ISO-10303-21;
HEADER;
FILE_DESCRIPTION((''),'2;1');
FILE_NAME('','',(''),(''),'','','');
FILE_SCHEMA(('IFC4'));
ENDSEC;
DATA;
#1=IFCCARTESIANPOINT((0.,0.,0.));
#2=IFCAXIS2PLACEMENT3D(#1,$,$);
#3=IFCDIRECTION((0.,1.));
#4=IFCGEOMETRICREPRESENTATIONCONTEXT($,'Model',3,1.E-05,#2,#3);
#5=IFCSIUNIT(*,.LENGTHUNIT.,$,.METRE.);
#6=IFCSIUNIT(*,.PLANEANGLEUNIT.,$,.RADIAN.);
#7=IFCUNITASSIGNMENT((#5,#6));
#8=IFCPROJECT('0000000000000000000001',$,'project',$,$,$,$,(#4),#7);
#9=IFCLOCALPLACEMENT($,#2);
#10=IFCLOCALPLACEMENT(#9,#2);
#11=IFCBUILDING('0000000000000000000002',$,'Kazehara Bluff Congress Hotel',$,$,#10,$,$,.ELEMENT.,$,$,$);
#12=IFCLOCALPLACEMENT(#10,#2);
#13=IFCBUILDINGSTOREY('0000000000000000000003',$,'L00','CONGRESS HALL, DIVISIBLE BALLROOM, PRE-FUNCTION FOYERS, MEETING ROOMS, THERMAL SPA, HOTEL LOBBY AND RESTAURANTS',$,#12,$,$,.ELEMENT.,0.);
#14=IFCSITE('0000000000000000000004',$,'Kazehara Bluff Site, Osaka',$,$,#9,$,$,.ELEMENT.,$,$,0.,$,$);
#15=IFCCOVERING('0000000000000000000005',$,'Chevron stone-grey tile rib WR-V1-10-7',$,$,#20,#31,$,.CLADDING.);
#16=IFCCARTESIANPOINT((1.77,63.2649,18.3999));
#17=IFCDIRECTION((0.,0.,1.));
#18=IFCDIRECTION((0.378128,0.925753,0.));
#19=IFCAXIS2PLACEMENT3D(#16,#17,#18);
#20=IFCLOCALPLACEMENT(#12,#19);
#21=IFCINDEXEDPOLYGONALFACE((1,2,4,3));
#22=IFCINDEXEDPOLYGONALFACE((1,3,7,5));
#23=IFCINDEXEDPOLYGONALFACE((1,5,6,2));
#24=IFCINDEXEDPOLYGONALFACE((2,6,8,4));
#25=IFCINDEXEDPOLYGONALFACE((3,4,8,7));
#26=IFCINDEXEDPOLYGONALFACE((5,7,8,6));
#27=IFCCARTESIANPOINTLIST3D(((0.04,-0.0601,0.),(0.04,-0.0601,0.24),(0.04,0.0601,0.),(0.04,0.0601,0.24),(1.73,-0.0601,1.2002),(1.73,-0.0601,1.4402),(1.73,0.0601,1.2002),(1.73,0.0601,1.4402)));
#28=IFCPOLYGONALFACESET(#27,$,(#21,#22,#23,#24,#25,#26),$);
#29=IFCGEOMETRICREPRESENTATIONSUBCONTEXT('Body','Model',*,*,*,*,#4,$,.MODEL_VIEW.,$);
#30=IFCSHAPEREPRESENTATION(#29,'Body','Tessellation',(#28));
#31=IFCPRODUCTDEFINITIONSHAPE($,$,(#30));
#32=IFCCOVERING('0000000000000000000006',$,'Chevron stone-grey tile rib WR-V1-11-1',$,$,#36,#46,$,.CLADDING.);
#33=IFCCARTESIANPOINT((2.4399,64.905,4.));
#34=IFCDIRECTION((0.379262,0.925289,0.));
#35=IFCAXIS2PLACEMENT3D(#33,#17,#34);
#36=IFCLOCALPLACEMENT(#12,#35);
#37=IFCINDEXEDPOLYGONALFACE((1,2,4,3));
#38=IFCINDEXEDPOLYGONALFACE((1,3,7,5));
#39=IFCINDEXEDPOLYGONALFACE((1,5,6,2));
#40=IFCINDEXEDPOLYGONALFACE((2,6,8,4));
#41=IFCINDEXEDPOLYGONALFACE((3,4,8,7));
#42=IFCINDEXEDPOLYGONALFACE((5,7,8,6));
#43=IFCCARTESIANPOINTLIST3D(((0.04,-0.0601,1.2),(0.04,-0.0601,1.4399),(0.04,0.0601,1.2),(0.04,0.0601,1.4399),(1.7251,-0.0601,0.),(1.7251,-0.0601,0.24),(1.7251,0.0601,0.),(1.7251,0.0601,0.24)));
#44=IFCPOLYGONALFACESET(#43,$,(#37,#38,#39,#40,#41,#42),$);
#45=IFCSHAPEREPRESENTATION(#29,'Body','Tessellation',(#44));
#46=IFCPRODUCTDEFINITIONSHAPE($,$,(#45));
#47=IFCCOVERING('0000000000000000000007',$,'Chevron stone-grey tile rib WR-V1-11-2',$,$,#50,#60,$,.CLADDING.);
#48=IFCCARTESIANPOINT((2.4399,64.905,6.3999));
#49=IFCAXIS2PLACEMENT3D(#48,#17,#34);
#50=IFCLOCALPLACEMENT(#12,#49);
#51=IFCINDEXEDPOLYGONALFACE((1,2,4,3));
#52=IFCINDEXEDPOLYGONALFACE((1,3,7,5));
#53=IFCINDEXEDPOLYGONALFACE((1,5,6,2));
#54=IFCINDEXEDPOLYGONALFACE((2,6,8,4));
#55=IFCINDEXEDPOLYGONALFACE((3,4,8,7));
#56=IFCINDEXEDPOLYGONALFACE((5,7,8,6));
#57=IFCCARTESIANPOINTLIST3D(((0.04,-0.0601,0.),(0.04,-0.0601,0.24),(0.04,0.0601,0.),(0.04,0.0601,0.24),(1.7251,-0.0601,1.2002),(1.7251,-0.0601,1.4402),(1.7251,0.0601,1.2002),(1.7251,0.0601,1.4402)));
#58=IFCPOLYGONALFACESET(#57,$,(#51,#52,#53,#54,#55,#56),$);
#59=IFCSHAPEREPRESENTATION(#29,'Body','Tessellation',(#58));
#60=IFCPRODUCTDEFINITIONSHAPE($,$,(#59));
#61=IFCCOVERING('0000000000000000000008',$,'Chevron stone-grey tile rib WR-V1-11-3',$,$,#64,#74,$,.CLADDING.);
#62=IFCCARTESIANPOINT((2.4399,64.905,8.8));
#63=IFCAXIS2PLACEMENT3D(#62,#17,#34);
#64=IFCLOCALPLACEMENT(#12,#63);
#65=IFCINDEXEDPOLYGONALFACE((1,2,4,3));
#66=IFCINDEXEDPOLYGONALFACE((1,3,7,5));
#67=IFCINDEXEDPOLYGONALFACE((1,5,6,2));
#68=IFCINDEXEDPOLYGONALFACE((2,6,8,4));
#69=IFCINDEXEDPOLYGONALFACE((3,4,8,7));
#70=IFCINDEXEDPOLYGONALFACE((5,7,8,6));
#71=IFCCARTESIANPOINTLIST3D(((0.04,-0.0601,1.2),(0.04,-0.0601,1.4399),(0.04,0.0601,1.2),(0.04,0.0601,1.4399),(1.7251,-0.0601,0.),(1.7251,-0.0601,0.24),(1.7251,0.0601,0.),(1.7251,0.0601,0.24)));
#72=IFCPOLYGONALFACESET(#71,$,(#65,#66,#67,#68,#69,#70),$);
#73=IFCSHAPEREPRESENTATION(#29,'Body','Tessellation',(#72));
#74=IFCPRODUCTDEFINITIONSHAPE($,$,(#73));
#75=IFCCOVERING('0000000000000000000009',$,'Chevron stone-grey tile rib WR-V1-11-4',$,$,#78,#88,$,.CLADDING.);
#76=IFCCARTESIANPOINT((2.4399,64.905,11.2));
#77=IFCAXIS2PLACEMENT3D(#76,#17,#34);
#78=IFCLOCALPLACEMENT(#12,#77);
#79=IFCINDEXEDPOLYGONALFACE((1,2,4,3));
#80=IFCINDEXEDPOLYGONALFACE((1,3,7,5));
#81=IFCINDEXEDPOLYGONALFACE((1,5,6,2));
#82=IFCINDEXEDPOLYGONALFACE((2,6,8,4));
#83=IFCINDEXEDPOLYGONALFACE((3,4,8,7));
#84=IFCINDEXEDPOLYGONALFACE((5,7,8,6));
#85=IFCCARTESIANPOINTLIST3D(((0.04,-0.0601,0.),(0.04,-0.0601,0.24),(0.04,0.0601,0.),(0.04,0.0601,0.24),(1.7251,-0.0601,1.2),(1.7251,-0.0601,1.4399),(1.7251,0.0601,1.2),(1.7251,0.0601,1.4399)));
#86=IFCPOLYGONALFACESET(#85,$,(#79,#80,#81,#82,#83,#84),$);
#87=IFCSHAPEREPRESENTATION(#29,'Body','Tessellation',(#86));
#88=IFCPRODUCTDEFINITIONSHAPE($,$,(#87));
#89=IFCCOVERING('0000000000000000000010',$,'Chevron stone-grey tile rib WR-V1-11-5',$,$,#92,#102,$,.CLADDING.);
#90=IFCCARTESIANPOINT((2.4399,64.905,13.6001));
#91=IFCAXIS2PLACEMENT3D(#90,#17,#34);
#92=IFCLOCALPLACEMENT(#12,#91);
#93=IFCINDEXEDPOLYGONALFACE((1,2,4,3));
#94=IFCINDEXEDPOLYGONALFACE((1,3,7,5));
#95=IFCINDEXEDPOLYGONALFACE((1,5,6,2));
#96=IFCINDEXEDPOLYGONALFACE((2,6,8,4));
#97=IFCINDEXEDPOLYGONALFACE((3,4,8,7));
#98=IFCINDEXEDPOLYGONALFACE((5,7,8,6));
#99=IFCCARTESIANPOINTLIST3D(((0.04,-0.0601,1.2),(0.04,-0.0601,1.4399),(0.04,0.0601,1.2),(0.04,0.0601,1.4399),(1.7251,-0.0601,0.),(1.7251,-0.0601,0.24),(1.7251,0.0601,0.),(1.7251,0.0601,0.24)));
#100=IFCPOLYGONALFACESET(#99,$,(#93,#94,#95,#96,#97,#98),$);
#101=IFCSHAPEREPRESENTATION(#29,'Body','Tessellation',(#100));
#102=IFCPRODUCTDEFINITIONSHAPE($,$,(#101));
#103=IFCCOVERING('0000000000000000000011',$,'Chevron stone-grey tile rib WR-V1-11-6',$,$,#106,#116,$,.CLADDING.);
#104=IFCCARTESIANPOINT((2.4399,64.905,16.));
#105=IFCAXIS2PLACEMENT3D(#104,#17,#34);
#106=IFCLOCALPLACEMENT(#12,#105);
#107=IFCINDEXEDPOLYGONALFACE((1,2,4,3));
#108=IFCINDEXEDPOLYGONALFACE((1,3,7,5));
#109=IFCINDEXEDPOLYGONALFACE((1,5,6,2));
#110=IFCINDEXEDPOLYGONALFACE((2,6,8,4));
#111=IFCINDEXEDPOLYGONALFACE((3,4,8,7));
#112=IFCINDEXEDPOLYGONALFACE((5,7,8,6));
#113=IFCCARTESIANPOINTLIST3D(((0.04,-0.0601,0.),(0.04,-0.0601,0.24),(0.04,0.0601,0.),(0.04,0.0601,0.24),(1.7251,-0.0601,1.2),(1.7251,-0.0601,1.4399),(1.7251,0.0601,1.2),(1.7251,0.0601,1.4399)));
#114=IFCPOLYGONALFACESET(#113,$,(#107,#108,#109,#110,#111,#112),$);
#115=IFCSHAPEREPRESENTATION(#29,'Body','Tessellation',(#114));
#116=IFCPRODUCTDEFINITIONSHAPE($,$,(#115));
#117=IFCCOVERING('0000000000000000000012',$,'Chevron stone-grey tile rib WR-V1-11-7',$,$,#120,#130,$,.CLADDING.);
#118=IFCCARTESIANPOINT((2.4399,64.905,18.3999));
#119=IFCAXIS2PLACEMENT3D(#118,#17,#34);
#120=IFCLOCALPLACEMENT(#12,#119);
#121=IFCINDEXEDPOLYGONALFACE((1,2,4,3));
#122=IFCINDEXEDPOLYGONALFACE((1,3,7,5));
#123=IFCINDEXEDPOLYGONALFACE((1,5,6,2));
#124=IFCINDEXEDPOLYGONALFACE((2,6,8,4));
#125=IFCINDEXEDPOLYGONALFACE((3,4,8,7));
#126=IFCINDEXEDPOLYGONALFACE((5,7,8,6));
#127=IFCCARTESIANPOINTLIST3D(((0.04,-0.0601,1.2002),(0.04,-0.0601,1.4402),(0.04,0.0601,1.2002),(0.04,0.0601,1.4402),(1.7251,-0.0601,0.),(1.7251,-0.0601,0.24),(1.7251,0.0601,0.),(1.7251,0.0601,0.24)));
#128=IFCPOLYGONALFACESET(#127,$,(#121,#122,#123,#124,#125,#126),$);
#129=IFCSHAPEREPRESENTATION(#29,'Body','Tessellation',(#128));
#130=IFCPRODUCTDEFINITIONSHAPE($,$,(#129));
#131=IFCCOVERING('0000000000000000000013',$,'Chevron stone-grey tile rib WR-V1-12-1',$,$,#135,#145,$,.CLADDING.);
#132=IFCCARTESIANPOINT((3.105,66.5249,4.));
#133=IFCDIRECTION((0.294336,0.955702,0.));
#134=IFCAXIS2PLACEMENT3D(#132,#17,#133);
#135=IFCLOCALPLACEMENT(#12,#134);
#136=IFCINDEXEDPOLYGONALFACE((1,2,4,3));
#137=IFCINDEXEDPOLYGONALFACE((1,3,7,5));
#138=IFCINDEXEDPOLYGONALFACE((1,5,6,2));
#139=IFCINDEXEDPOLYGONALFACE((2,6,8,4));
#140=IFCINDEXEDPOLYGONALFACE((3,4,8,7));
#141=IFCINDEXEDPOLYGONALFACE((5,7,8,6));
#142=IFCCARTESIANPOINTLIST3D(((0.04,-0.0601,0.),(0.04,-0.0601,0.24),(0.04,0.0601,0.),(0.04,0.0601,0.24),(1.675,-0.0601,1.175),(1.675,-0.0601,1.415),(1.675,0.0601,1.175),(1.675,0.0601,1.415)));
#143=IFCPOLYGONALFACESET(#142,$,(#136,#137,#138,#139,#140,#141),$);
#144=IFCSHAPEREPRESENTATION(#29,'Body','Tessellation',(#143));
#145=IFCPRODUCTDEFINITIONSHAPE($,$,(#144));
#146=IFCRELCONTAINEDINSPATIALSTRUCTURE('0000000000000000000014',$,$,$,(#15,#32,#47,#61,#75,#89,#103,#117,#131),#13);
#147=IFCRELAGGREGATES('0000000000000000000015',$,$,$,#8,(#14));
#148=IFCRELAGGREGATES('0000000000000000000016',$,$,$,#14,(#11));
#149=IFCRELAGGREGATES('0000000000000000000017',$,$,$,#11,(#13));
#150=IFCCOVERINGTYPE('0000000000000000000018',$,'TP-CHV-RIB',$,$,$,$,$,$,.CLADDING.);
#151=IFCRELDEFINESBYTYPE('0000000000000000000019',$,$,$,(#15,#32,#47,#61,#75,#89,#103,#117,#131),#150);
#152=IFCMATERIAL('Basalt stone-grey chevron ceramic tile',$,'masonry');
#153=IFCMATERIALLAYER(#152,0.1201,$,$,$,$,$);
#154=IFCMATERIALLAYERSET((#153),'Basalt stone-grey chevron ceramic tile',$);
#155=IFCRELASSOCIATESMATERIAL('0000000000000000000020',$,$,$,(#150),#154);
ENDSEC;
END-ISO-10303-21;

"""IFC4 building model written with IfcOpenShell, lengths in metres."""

from ifc_helpers import new_model, si_unit, direction, frame, origin, place, context, subcontext, project, spatial, polyline, outline, extrude, material, layer, layer_set, type_object, element, save


model = new_model("IFC4")

# Units and contexts
model_context = context("Model", 3, precision=1e-05, world=origin(), true_north=direction((0.0, 1.0)))
body_context = subcontext(model_context, "Body", "Model", "MODEL_VIEW")
ifc_project = project(units=[si_unit("LENGTHUNIT", "METRE"), si_unit("PLANEANGLEUNIT", "RADIAN")], contexts=[model_context])

# Site, building, storey
site_placement = place(None, origin())
site = spatial("IfcSite", under=ifc_project, at=site_placement, Name="Kazehara Bluff Site, Osaka", CompositionType="ELEMENT", RefElevation=0.0)
building_placement = place(site_placement, origin())
building = spatial("IfcBuilding", under=site, at=building_placement, Name="Kazehara Bluff Congress Hotel", CompositionType="ELEMENT")
storey_placement = place(building_placement, origin())
storey = spatial("IfcBuildingStorey", under=building, at=storey_placement, Name="L00", Description="CONGRESS HALL, DIVISIBLE BALLROOM, PRE-FUNCTION FOYERS, MEETING ROOMS, THERMAL SPA, HOTEL LOBBY AND RESTAURANTS", CompositionType="ELEMENT", Elevation=0.0)

# Coverings
ifc_material_1 = material(Name="Basalt stone-grey chevron ceramic tile", Category="masonry")
ifc_layer_1 = layer(ifc_material_1, 0.1201)
ifc_layer_set_1 = layer_set([ifc_layer_1], Name="Basalt stone-grey chevron ceramic tile")
covering_type_1 = type_object("IfcCoveringType", Name="TP-CHV-RIB", PredefinedType="CLADDING", material=ifc_layer_set_1)
covering_1_placement = place(storey_placement, frame((1.77, 63.2649, 18.3999), z_axis=(0.0, 0.0, 1.0), x_axis=(0.378128, 0.925753, 0.0)))
element("IfcCovering", 1, at=covering_1_placement, inside=storey, type_object=covering_type_1, Name="Chevron stone-grey tile rib WR-V1-10-7", PredefinedType="CLADDING", context=body_context, shape_type="SweptSolid", body=[
    extrude(outline(polyline([(0.04, 0.0), (1.73, 1.2002), (1.73, 1.4402), (0.04, 0.24), (0.04, 0.0)])), frame((0.0, 0.0601, 0.0), z_axis=(0.0, -1.0, 0.0), x_axis=(1.0, 0.0, 0.0)), (0.0, 0.0, 1.0), 0.1201),
])
covering_2_placement = place(storey_placement, frame((2.4399, 64.905, 4.0), z_axis=(0.0, 0.0, 1.0), x_axis=(0.379262, 0.925289, 0.0)))
element("IfcCovering", 2, at=covering_2_placement, inside=storey, type_object=covering_type_1, Name="Chevron stone-grey tile rib WR-V1-11-1", PredefinedType="CLADDING", context=body_context, shape_type="SweptSolid", body=[
    extrude(outline(polyline([(0.04, 1.2), (1.7251, 0.0), (1.7251, 0.24), (0.04, 1.4399), (0.04, 1.2)])), frame((0.0, 0.0601, 0.0), z_axis=(0.0, -1.0, 0.0), x_axis=(1.0, 0.0, 0.0)), (0.0, 0.0, 1.0), 0.1201),
])
covering_3_placement = place(storey_placement, frame((2.4399, 64.905, 6.3999), z_axis=(0.0, 0.0, 1.0), x_axis=(0.379262, 0.925289, 0.0)))
element("IfcCovering", 3, at=covering_3_placement, inside=storey, type_object=covering_type_1, Name="Chevron stone-grey tile rib WR-V1-11-2", PredefinedType="CLADDING", context=body_context, shape_type="SweptSolid", body=[
    extrude(outline(polyline([(0.04, 0.0), (1.7251, 1.2002), (1.7251, 1.4402), (0.04, 0.24), (0.04, 0.0)])), frame((0.0, 0.0601, 0.0), z_axis=(0.0, -1.0, 0.0), x_axis=(1.0, 0.0, 0.0)), (0.0, 0.0, 1.0), 0.1201),
])
covering_4_placement = place(storey_placement, frame((2.4399, 64.905, 8.8), z_axis=(0.0, 0.0, 1.0), x_axis=(0.379262, 0.925289, 0.0)))
element("IfcCovering", 4, at=covering_4_placement, inside=storey, type_object=covering_type_1, Name="Chevron stone-grey tile rib WR-V1-11-3", PredefinedType="CLADDING", context=body_context, shape_type="SweptSolid", body=[
    extrude(outline(polyline([(0.04, 1.2), (1.7251, 0.0), (1.7251, 0.24), (0.04, 1.4399), (0.04, 1.2)])), frame((0.0, 0.0601, 0.0), z_axis=(0.0, -1.0, 0.0), x_axis=(1.0, 0.0, 0.0)), (0.0, 0.0, 1.0), 0.1201),
])
covering_5_placement = place(storey_placement, frame((2.4399, 64.905, 11.2), z_axis=(0.0, 0.0, 1.0), x_axis=(0.379262, 0.925289, 0.0)))
element("IfcCovering", 5, at=covering_5_placement, inside=storey, type_object=covering_type_1, Name="Chevron stone-grey tile rib WR-V1-11-4", PredefinedType="CLADDING", context=body_context, shape_type="SweptSolid", body=[
    extrude(outline(polyline([(0.04, 0.0), (1.7251, 1.2), (1.7251, 1.4399), (0.04, 0.24), (0.04, 0.0)])), frame((0.0, 0.0601, 0.0), z_axis=(0.0, -1.0, 0.0), x_axis=(1.0, 0.0, 0.0)), (0.0, 0.0, 1.0), 0.1201),
])
covering_6_placement = place(storey_placement, frame((2.4399, 64.905, 13.6001), z_axis=(0.0, 0.0, 1.0), x_axis=(0.379262, 0.925289, 0.0)))
element("IfcCovering", 6, at=covering_6_placement, inside=storey, type_object=covering_type_1, Name="Chevron stone-grey tile rib WR-V1-11-5", PredefinedType="CLADDING", context=body_context, shape_type="SweptSolid", body=[
    extrude(outline(polyline([(0.04, 1.2), (1.7251, 0.0), (1.7251, 0.24), (0.04, 1.4399), (0.04, 1.2)])), frame((0.0, 0.0601, 0.0), z_axis=(0.0, -1.0, 0.0), x_axis=(1.0, 0.0, 0.0)), (0.0, 0.0, 1.0), 0.1201),
])
covering_7_placement = place(storey_placement, frame((2.4399, 64.905, 16.0), z_axis=(0.0, 0.0, 1.0), x_axis=(0.379262, 0.925289, 0.0)))
element("IfcCovering", 7, at=covering_7_placement, inside=storey, type_object=covering_type_1, Name="Chevron stone-grey tile rib WR-V1-11-6", PredefinedType="CLADDING", context=body_context, shape_type="SweptSolid", body=[
    extrude(outline(polyline([(0.04, 0.0), (1.7251, 1.2), (1.7251, 1.4399), (0.04, 0.24), (0.04, 0.0)])), frame((0.0, 0.0601, 0.0), z_axis=(0.0, -1.0, 0.0), x_axis=(1.0, 0.0, 0.0)), (0.0, 0.0, 1.0), 0.1201),
])
covering_8_placement = place(storey_placement, frame((2.4399, 64.905, 18.3999), z_axis=(0.0, 0.0, 1.0), x_axis=(0.379262, 0.925289, 0.0)))
element("IfcCovering", 8, at=covering_8_placement, inside=storey, type_object=covering_type_1, Name="Chevron stone-grey tile rib WR-V1-11-7", PredefinedType="CLADDING", context=body_context, shape_type="SweptSolid", body=[
    extrude(outline(polyline([(0.04, 1.2002), (1.7251, 0.0), (1.7251, 0.24), (0.04, 1.4402), (0.04, 1.2002)])), frame((0.0, 0.0601, 0.0), z_axis=(0.0, -1.0, 0.0), x_axis=(1.0, 0.0, 0.0)), (0.0, 0.0, 1.0), 0.1201),
])
covering_9_placement = place(storey_placement, frame((3.105, 66.5249, 4.0), z_axis=(0.0, 0.0, 1.0), x_axis=(0.294336, 0.955702, 0.0)))
element("IfcCovering", 9, at=covering_9_placement, inside=storey, type_object=covering_type_1, Name="Chevron stone-grey tile rib WR-V1-12-1", PredefinedType="CLADDING", context=body_context, shape_type="SweptSolid", body=[
    extrude(outline(polyline([(0.04, 0.0), (1.675, 1.175), (1.675, 1.415), (0.04, 0.24), (0.04, 0.0)])), frame((0.0, 0.0601, 0.0), z_axis=(0.0, -1.0, 0.0), x_axis=(1.0, 0.0, 0.0)), (0.0, 0.0, 1.0), 0.1201),
])

save(model, "model.ifc")
